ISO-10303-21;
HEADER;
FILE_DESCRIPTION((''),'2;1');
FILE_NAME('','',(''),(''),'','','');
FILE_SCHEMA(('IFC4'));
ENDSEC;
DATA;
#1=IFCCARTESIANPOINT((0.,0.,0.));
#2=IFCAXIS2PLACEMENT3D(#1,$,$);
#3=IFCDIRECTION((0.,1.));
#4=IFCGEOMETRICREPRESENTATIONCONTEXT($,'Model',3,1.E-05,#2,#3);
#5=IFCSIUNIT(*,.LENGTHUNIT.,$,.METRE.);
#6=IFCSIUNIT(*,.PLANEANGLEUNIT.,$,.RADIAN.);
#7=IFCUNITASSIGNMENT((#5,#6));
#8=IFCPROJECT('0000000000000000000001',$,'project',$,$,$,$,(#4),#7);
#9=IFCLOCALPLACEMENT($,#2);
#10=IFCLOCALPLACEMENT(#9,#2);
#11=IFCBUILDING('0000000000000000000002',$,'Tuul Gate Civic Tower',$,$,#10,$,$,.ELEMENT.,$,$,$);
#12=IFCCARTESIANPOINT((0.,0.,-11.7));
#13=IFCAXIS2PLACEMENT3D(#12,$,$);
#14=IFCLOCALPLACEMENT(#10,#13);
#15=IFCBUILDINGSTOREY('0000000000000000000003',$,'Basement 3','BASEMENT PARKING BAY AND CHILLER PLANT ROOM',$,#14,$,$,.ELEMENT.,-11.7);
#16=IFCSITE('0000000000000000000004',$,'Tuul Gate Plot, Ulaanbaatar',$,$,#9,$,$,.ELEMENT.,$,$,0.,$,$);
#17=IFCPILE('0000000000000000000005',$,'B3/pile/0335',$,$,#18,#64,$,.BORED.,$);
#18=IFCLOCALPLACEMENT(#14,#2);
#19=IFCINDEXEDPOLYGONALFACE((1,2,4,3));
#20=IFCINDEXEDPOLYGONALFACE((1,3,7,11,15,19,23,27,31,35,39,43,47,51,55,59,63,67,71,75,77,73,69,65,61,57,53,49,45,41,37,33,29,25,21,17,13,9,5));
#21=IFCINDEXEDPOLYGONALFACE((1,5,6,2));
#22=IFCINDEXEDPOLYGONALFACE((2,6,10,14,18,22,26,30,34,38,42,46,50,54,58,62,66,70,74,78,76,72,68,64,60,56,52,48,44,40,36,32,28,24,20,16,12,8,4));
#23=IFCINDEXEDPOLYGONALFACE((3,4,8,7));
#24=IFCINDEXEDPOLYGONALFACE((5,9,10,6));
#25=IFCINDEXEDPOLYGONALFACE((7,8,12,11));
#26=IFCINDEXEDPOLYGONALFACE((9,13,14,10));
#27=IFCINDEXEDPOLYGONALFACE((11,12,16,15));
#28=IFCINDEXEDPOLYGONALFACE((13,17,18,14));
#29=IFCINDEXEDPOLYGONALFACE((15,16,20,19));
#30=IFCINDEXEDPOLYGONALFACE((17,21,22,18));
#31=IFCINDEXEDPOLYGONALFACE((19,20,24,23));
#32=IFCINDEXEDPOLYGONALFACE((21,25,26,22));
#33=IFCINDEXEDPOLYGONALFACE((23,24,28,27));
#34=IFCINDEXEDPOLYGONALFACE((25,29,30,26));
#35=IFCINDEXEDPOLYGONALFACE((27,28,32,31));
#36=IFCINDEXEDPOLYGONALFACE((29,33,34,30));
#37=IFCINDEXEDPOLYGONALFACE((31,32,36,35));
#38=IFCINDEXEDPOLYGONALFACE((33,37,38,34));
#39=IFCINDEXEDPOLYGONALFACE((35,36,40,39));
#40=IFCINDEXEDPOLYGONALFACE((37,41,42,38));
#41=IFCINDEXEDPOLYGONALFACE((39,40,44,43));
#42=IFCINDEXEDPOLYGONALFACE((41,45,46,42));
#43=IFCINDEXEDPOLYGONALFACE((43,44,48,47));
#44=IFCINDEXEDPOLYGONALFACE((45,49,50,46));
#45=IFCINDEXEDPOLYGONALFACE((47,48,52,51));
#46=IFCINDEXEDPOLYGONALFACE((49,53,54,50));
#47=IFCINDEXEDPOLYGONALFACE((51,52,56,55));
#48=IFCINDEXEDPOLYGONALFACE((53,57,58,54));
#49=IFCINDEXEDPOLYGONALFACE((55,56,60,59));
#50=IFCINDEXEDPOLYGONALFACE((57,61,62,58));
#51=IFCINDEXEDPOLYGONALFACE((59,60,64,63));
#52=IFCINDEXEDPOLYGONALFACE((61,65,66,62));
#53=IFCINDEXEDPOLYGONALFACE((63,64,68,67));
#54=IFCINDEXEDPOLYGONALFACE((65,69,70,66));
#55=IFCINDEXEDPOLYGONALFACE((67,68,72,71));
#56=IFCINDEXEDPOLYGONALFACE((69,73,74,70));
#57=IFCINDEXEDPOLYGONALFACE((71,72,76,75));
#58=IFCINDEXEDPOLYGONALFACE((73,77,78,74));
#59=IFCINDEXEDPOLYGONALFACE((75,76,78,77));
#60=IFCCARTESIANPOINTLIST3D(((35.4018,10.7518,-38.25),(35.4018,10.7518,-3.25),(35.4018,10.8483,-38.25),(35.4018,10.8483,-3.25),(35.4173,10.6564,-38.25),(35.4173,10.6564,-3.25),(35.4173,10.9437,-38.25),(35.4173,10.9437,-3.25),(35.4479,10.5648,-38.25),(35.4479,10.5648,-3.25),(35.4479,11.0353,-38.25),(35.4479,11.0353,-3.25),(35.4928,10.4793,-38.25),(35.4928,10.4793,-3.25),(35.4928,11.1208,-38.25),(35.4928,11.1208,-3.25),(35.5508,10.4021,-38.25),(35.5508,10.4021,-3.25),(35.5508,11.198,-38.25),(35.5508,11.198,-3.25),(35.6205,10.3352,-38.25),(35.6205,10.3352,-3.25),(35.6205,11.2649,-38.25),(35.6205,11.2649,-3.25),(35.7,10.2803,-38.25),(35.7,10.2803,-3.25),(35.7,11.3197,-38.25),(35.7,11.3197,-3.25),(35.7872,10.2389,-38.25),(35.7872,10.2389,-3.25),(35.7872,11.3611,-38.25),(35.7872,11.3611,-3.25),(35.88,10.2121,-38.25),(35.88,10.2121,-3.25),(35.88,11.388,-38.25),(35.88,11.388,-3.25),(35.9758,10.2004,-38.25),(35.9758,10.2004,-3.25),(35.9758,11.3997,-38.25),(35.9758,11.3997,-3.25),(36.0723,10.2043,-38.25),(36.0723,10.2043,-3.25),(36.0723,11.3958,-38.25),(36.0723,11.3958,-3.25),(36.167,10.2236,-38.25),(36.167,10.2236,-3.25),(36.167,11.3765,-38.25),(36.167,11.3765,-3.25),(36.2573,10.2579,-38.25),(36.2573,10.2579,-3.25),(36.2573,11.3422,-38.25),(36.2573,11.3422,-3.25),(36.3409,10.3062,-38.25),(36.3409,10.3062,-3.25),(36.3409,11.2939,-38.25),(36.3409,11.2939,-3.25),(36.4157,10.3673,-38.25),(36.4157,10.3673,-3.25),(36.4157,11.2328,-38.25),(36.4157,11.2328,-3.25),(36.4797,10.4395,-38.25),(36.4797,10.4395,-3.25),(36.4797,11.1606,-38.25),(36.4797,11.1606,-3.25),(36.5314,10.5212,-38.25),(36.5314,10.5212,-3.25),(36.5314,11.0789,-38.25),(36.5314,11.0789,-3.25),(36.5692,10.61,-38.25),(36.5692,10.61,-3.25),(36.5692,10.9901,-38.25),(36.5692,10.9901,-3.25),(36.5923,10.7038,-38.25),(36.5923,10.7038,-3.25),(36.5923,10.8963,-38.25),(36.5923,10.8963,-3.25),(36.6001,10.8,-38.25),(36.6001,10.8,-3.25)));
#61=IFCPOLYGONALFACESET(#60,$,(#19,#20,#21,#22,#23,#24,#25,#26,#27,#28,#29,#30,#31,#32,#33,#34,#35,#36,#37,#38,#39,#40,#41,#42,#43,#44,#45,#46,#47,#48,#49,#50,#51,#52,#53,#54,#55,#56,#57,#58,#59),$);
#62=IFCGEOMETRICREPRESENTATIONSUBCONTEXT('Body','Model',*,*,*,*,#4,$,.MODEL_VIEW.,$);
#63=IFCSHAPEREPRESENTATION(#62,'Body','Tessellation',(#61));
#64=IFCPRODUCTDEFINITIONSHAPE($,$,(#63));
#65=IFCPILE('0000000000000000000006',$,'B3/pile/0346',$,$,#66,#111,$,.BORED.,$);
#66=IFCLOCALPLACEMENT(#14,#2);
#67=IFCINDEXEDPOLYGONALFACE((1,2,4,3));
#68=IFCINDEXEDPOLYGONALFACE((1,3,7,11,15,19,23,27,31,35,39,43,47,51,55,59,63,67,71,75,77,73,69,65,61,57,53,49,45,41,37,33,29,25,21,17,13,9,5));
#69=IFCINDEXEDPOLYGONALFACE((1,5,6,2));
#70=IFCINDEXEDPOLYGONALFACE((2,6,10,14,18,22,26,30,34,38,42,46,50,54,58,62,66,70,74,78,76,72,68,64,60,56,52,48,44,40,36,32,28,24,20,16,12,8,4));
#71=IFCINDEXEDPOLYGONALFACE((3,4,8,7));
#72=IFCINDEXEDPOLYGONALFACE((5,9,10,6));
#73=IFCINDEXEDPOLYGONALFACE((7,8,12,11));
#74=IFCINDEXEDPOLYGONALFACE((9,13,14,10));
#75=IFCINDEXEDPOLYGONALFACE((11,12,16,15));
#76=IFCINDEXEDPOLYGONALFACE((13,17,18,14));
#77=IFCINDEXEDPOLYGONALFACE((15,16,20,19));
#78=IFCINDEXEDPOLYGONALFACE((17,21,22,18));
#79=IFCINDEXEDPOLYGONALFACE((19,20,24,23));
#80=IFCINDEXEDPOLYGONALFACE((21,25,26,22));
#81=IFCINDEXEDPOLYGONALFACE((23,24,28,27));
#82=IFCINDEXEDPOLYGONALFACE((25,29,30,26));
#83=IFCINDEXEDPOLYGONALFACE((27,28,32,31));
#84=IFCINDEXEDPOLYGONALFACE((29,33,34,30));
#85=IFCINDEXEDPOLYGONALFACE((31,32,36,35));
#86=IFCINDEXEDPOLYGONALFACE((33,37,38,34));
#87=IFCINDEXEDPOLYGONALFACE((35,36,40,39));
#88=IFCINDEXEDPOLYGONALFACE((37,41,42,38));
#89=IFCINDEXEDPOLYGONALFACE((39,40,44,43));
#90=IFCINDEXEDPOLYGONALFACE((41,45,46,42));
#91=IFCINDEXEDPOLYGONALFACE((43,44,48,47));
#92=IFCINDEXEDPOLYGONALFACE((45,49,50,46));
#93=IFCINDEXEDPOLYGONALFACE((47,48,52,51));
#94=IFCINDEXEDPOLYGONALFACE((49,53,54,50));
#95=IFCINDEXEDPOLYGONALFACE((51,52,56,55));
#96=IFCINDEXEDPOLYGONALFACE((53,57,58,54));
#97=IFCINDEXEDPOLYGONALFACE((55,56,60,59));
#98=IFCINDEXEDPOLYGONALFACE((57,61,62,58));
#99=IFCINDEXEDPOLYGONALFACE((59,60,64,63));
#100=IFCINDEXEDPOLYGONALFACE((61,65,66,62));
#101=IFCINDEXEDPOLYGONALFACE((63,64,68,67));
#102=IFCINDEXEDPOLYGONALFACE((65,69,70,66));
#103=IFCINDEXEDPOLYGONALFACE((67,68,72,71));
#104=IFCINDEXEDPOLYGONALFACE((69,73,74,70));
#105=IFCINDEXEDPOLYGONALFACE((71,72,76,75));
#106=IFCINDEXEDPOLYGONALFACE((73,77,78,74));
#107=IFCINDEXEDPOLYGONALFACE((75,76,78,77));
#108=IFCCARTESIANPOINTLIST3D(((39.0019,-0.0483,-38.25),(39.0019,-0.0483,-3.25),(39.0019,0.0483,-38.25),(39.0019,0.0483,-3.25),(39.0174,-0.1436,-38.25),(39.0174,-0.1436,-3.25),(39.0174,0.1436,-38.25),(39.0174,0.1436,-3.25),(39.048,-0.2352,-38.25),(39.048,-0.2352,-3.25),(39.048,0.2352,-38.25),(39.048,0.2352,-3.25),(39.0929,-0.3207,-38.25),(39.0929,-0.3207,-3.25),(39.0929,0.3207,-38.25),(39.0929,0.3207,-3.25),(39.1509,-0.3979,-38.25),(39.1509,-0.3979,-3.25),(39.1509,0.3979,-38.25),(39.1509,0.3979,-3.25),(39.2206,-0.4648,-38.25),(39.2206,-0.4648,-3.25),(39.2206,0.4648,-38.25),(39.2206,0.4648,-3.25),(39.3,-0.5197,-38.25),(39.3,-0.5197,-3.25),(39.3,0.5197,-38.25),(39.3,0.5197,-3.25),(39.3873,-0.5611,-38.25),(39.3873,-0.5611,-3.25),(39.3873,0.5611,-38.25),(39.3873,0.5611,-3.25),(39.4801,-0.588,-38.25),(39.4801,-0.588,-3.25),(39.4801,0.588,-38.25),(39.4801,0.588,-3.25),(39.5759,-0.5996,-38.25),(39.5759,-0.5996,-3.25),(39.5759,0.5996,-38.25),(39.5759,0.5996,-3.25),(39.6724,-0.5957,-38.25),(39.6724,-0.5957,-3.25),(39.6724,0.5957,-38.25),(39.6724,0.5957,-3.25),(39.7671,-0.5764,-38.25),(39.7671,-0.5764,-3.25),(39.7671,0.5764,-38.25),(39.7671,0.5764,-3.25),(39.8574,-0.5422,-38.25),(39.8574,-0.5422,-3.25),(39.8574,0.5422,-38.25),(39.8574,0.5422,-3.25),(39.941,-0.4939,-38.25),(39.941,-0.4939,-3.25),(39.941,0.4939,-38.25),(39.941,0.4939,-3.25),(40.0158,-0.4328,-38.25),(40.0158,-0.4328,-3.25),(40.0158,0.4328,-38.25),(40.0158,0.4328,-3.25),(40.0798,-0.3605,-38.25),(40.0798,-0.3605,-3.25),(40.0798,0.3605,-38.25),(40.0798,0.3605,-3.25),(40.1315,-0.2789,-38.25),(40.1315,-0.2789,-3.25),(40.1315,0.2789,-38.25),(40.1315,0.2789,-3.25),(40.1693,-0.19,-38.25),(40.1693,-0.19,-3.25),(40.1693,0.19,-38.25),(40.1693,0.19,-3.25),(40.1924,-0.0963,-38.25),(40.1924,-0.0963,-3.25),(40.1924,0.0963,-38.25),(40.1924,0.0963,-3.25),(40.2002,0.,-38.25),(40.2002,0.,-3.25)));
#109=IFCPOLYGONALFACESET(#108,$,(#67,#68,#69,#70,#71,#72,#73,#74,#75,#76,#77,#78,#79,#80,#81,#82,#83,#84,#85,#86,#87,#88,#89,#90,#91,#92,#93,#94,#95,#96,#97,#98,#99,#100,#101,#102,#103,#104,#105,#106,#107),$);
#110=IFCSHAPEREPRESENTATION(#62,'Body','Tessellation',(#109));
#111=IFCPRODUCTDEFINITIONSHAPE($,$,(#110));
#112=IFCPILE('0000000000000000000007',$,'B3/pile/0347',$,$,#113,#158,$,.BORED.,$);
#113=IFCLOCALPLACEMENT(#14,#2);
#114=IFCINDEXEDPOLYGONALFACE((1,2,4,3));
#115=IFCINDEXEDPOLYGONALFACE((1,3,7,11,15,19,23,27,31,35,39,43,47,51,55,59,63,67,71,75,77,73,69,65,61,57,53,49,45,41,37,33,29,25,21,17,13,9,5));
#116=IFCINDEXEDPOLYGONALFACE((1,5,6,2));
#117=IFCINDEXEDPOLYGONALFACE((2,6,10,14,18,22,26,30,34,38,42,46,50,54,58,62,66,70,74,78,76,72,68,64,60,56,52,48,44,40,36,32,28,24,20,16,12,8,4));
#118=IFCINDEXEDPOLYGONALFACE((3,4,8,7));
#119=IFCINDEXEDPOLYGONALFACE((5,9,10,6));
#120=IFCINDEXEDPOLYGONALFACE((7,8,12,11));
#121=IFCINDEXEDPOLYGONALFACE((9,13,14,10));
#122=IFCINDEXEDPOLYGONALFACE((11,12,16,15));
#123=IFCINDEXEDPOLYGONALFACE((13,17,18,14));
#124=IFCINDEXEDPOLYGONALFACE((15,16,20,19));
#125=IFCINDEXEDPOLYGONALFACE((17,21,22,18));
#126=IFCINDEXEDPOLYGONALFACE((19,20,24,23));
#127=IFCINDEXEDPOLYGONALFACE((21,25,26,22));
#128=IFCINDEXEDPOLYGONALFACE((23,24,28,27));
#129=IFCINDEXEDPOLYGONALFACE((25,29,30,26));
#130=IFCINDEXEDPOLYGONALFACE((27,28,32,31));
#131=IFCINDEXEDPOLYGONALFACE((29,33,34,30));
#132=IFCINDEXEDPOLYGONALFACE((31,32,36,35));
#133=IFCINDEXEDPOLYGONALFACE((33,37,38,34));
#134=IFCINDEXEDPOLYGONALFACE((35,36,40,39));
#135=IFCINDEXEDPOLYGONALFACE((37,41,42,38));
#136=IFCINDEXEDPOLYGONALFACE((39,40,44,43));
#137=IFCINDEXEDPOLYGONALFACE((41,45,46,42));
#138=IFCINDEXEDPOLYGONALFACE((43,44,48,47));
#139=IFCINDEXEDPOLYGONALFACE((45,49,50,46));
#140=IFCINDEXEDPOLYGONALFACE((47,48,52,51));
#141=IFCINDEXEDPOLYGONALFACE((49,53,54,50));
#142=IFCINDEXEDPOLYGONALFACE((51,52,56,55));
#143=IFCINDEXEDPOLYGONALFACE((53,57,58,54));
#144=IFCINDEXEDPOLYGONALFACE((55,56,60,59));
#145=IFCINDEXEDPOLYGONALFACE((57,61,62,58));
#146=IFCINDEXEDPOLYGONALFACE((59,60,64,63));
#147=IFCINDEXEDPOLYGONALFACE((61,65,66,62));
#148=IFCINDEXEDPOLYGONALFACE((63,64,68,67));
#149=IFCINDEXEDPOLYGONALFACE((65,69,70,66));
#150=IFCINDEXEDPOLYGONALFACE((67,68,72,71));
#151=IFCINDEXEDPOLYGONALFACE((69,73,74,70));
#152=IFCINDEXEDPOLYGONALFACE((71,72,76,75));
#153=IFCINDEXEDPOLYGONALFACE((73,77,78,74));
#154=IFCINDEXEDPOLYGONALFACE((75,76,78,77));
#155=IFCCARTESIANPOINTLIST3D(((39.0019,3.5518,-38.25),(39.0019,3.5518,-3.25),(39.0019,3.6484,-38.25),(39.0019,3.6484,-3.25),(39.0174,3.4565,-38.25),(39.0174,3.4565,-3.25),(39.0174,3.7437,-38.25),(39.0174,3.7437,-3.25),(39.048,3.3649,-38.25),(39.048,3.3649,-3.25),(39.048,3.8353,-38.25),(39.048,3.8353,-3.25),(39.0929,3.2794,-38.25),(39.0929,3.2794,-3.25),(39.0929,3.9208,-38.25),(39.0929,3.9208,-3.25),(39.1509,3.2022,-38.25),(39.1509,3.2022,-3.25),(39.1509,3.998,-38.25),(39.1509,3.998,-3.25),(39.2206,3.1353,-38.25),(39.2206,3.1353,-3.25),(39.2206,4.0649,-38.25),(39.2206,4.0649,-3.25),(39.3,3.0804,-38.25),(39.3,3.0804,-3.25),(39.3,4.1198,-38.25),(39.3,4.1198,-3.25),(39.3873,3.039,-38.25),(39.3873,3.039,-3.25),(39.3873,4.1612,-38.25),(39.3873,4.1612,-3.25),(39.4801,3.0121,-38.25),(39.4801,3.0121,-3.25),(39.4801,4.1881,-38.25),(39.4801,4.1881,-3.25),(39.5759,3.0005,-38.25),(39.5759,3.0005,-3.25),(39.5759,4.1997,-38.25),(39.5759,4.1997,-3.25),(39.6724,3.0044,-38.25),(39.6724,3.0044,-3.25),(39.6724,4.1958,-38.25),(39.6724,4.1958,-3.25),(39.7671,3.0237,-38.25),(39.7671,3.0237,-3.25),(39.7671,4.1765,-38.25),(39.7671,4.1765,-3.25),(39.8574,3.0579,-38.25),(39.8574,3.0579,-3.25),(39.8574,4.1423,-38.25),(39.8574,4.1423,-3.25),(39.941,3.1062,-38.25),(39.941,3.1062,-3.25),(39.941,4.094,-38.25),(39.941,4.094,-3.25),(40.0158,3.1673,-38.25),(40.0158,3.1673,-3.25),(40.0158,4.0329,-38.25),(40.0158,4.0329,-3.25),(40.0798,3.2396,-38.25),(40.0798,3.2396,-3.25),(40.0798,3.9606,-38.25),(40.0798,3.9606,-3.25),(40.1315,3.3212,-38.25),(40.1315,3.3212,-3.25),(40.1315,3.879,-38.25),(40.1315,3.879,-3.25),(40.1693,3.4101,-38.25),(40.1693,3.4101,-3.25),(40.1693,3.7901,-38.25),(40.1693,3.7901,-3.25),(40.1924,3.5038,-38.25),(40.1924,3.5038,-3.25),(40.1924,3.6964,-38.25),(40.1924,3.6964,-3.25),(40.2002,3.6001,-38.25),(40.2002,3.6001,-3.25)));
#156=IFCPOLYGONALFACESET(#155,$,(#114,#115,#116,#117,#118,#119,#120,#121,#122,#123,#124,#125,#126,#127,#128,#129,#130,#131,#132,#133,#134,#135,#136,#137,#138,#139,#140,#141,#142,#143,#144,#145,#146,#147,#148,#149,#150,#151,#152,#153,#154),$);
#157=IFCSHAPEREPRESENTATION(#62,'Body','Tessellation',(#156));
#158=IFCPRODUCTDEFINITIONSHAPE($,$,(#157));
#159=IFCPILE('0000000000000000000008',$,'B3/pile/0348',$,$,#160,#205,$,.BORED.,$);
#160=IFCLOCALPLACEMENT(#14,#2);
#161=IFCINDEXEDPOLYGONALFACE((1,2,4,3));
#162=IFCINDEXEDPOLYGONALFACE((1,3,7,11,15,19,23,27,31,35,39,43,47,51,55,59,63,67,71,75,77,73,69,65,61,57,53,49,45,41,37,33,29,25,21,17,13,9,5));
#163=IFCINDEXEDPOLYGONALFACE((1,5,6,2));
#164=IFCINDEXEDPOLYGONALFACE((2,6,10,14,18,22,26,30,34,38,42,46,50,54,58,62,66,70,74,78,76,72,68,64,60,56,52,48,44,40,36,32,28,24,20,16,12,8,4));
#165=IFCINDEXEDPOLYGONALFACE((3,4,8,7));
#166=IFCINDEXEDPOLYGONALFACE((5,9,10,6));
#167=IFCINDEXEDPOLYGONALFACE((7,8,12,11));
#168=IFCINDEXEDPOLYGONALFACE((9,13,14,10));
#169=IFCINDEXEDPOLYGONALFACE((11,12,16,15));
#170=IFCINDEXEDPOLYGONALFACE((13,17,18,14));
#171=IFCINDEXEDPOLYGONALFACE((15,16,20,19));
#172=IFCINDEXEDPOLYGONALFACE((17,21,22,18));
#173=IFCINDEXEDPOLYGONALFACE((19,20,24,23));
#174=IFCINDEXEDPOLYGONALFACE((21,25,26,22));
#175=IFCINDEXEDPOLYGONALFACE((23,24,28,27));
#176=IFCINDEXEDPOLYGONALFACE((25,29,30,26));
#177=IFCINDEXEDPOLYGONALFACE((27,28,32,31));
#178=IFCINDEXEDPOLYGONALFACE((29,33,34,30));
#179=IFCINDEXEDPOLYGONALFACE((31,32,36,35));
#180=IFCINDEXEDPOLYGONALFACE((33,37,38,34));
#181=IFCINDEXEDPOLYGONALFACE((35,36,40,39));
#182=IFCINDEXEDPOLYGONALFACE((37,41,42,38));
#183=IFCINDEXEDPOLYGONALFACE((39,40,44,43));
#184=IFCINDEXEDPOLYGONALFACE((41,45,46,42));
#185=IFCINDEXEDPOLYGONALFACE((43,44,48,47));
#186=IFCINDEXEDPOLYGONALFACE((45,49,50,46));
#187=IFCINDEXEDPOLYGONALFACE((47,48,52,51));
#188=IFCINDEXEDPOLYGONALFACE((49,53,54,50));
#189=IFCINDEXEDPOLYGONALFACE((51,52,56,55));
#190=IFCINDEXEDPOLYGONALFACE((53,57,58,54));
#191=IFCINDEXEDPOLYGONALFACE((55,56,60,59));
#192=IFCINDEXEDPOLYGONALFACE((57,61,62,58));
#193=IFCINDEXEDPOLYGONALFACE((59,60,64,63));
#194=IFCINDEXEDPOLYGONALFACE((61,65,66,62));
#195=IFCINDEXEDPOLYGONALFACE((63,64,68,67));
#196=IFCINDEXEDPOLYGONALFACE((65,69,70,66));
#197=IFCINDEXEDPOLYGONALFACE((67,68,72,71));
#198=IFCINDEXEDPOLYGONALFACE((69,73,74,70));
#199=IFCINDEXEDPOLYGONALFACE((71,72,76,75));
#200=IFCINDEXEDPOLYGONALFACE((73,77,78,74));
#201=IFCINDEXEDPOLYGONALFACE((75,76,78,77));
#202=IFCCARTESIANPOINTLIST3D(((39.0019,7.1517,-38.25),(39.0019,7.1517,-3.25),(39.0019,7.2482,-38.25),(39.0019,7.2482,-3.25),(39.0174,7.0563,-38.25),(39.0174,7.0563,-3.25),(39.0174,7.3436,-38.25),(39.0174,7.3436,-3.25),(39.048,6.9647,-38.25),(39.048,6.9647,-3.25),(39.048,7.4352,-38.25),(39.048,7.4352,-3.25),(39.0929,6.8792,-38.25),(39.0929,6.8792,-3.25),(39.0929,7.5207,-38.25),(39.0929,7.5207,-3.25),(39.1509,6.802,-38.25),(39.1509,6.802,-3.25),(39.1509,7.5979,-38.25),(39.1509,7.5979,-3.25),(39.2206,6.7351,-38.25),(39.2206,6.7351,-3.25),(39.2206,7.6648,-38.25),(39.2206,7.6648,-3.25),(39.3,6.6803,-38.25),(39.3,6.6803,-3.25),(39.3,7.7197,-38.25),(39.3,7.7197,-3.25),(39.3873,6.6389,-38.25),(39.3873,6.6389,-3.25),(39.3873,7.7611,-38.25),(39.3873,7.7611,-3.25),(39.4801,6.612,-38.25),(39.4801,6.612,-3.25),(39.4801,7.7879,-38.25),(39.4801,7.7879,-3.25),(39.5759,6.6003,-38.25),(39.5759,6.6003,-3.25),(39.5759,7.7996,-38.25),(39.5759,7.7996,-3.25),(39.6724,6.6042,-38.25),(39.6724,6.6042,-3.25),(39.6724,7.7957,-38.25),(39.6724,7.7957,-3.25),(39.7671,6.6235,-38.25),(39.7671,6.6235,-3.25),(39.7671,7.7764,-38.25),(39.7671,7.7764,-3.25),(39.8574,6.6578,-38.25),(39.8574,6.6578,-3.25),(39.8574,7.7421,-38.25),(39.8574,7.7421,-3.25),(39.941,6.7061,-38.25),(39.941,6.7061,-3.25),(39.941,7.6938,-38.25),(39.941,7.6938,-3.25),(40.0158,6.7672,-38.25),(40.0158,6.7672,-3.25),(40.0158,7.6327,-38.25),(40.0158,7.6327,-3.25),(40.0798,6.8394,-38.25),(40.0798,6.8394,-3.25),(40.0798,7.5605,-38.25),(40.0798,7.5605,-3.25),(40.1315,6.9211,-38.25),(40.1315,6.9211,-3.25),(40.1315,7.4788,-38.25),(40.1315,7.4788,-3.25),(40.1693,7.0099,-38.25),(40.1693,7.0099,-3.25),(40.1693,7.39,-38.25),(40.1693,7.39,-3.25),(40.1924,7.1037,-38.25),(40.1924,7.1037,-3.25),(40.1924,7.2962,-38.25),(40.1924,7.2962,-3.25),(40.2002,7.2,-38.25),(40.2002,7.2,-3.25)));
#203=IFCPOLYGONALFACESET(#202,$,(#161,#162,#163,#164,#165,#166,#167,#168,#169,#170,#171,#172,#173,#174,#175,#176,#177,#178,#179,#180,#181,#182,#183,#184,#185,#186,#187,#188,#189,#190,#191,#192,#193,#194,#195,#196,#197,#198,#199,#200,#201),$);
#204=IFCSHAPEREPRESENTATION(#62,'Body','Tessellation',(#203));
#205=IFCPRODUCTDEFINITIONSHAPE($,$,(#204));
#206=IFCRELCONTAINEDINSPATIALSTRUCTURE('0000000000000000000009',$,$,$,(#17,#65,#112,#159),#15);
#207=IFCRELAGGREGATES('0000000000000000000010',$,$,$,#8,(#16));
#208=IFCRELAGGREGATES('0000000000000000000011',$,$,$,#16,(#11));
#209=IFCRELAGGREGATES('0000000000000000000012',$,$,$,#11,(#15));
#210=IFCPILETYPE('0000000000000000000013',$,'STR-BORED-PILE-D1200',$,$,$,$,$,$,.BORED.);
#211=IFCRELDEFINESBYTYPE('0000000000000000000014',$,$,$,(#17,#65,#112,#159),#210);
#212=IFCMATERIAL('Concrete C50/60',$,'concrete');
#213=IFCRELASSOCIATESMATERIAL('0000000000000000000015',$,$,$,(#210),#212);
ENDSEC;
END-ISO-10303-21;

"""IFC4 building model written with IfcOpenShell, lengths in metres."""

from ifc_helpers import new_model, si_unit, direction, frame, origin, origin_2d, place, context, subcontext, project, spatial, circle, extrude, material, material_profile, profile_set, type_object, element, save


model = new_model("IFC4")

# Units and contexts
model_context = context("Model", 3, precision=1e-05, world=origin(), true_north=direction((0.0, 1.0)))
body_context = subcontext(model_context, "Body", "Model", "MODEL_VIEW")
ifc_project = project(units=[si_unit("LENGTHUNIT", "METRE"), si_unit("PLANEANGLEUNIT", "RADIAN")], contexts=[model_context])

# Site, building, storey
site_placement = place(None, origin())
site = spatial("IfcSite", under=ifc_project, at=site_placement, Name="Tuul Gate Plot, Ulaanbaatar", CompositionType="ELEMENT", RefElevation=0.0)
building_placement = place(site_placement, origin())
building = spatial("IfcBuilding", under=site, at=building_placement, Name="Tuul Gate Civic Tower", CompositionType="ELEMENT")
storey_placement = place(building_placement, frame((0.0, 0.0, -11.7)))
storey = spatial("IfcBuildingStorey", under=building, at=storey_placement, Name="Basement 3", Description="BASEMENT PARKING BAY AND CHILLER PLANT ROOM", CompositionType="ELEMENT", Elevation=-11.7)

# Piles
ifc_material_1 = material(Name="Concrete C50/60", Category="concrete")
ifc_material_profile_1 = material_profile(ifc_material_1, circle(Radius=0.6001, at=origin_2d()), Name="PILE1200")
ifc_profile_set_1 = profile_set([ifc_material_profile_1], Name="Concrete C50/60")
pile_type = type_object("IfcPileType", Name="STR-BORED-PILE-D1200", PredefinedType="BORED", material=ifc_profile_set_1)
for number, where, z_axis, x_axis, name in (
    (1, (36.0, 10.8, -3.25), (0.0, 0.0, -1.0), (1.0, 0.0, 0.0), "B3/pile/0335"),
    (2, (39.6001, 0.0, -3.25), (0.0, 0.0, -1.0), (1.0, 0.0, 0.0), "B3/pile/0346"),
    (3, (39.6001, 3.6001, -3.25), (0.0, 0.0, -1.0), (1.0, 0.0, 0.0), "B3/pile/0347"),
    (4, (39.6001, 7.2, -3.25), (0.0, 0.0, -1.0), (1.0, 0.0, 0.0), "B3/pile/0348"),
):
    element("IfcPile", number, at=place(storey_placement, frame(where, z_axis=z_axis, x_axis=x_axis)), inside=storey, type_object=pile_type, Name=name, PredefinedType="BORED", context=body_context, shape_type="SweptSolid", body=[
        extrude(circle(Radius=0.6001, at=origin_2d()), origin(), (0.0, 0.0, 1.0), 35.0),
    ])

save(model, "model.ifc")
